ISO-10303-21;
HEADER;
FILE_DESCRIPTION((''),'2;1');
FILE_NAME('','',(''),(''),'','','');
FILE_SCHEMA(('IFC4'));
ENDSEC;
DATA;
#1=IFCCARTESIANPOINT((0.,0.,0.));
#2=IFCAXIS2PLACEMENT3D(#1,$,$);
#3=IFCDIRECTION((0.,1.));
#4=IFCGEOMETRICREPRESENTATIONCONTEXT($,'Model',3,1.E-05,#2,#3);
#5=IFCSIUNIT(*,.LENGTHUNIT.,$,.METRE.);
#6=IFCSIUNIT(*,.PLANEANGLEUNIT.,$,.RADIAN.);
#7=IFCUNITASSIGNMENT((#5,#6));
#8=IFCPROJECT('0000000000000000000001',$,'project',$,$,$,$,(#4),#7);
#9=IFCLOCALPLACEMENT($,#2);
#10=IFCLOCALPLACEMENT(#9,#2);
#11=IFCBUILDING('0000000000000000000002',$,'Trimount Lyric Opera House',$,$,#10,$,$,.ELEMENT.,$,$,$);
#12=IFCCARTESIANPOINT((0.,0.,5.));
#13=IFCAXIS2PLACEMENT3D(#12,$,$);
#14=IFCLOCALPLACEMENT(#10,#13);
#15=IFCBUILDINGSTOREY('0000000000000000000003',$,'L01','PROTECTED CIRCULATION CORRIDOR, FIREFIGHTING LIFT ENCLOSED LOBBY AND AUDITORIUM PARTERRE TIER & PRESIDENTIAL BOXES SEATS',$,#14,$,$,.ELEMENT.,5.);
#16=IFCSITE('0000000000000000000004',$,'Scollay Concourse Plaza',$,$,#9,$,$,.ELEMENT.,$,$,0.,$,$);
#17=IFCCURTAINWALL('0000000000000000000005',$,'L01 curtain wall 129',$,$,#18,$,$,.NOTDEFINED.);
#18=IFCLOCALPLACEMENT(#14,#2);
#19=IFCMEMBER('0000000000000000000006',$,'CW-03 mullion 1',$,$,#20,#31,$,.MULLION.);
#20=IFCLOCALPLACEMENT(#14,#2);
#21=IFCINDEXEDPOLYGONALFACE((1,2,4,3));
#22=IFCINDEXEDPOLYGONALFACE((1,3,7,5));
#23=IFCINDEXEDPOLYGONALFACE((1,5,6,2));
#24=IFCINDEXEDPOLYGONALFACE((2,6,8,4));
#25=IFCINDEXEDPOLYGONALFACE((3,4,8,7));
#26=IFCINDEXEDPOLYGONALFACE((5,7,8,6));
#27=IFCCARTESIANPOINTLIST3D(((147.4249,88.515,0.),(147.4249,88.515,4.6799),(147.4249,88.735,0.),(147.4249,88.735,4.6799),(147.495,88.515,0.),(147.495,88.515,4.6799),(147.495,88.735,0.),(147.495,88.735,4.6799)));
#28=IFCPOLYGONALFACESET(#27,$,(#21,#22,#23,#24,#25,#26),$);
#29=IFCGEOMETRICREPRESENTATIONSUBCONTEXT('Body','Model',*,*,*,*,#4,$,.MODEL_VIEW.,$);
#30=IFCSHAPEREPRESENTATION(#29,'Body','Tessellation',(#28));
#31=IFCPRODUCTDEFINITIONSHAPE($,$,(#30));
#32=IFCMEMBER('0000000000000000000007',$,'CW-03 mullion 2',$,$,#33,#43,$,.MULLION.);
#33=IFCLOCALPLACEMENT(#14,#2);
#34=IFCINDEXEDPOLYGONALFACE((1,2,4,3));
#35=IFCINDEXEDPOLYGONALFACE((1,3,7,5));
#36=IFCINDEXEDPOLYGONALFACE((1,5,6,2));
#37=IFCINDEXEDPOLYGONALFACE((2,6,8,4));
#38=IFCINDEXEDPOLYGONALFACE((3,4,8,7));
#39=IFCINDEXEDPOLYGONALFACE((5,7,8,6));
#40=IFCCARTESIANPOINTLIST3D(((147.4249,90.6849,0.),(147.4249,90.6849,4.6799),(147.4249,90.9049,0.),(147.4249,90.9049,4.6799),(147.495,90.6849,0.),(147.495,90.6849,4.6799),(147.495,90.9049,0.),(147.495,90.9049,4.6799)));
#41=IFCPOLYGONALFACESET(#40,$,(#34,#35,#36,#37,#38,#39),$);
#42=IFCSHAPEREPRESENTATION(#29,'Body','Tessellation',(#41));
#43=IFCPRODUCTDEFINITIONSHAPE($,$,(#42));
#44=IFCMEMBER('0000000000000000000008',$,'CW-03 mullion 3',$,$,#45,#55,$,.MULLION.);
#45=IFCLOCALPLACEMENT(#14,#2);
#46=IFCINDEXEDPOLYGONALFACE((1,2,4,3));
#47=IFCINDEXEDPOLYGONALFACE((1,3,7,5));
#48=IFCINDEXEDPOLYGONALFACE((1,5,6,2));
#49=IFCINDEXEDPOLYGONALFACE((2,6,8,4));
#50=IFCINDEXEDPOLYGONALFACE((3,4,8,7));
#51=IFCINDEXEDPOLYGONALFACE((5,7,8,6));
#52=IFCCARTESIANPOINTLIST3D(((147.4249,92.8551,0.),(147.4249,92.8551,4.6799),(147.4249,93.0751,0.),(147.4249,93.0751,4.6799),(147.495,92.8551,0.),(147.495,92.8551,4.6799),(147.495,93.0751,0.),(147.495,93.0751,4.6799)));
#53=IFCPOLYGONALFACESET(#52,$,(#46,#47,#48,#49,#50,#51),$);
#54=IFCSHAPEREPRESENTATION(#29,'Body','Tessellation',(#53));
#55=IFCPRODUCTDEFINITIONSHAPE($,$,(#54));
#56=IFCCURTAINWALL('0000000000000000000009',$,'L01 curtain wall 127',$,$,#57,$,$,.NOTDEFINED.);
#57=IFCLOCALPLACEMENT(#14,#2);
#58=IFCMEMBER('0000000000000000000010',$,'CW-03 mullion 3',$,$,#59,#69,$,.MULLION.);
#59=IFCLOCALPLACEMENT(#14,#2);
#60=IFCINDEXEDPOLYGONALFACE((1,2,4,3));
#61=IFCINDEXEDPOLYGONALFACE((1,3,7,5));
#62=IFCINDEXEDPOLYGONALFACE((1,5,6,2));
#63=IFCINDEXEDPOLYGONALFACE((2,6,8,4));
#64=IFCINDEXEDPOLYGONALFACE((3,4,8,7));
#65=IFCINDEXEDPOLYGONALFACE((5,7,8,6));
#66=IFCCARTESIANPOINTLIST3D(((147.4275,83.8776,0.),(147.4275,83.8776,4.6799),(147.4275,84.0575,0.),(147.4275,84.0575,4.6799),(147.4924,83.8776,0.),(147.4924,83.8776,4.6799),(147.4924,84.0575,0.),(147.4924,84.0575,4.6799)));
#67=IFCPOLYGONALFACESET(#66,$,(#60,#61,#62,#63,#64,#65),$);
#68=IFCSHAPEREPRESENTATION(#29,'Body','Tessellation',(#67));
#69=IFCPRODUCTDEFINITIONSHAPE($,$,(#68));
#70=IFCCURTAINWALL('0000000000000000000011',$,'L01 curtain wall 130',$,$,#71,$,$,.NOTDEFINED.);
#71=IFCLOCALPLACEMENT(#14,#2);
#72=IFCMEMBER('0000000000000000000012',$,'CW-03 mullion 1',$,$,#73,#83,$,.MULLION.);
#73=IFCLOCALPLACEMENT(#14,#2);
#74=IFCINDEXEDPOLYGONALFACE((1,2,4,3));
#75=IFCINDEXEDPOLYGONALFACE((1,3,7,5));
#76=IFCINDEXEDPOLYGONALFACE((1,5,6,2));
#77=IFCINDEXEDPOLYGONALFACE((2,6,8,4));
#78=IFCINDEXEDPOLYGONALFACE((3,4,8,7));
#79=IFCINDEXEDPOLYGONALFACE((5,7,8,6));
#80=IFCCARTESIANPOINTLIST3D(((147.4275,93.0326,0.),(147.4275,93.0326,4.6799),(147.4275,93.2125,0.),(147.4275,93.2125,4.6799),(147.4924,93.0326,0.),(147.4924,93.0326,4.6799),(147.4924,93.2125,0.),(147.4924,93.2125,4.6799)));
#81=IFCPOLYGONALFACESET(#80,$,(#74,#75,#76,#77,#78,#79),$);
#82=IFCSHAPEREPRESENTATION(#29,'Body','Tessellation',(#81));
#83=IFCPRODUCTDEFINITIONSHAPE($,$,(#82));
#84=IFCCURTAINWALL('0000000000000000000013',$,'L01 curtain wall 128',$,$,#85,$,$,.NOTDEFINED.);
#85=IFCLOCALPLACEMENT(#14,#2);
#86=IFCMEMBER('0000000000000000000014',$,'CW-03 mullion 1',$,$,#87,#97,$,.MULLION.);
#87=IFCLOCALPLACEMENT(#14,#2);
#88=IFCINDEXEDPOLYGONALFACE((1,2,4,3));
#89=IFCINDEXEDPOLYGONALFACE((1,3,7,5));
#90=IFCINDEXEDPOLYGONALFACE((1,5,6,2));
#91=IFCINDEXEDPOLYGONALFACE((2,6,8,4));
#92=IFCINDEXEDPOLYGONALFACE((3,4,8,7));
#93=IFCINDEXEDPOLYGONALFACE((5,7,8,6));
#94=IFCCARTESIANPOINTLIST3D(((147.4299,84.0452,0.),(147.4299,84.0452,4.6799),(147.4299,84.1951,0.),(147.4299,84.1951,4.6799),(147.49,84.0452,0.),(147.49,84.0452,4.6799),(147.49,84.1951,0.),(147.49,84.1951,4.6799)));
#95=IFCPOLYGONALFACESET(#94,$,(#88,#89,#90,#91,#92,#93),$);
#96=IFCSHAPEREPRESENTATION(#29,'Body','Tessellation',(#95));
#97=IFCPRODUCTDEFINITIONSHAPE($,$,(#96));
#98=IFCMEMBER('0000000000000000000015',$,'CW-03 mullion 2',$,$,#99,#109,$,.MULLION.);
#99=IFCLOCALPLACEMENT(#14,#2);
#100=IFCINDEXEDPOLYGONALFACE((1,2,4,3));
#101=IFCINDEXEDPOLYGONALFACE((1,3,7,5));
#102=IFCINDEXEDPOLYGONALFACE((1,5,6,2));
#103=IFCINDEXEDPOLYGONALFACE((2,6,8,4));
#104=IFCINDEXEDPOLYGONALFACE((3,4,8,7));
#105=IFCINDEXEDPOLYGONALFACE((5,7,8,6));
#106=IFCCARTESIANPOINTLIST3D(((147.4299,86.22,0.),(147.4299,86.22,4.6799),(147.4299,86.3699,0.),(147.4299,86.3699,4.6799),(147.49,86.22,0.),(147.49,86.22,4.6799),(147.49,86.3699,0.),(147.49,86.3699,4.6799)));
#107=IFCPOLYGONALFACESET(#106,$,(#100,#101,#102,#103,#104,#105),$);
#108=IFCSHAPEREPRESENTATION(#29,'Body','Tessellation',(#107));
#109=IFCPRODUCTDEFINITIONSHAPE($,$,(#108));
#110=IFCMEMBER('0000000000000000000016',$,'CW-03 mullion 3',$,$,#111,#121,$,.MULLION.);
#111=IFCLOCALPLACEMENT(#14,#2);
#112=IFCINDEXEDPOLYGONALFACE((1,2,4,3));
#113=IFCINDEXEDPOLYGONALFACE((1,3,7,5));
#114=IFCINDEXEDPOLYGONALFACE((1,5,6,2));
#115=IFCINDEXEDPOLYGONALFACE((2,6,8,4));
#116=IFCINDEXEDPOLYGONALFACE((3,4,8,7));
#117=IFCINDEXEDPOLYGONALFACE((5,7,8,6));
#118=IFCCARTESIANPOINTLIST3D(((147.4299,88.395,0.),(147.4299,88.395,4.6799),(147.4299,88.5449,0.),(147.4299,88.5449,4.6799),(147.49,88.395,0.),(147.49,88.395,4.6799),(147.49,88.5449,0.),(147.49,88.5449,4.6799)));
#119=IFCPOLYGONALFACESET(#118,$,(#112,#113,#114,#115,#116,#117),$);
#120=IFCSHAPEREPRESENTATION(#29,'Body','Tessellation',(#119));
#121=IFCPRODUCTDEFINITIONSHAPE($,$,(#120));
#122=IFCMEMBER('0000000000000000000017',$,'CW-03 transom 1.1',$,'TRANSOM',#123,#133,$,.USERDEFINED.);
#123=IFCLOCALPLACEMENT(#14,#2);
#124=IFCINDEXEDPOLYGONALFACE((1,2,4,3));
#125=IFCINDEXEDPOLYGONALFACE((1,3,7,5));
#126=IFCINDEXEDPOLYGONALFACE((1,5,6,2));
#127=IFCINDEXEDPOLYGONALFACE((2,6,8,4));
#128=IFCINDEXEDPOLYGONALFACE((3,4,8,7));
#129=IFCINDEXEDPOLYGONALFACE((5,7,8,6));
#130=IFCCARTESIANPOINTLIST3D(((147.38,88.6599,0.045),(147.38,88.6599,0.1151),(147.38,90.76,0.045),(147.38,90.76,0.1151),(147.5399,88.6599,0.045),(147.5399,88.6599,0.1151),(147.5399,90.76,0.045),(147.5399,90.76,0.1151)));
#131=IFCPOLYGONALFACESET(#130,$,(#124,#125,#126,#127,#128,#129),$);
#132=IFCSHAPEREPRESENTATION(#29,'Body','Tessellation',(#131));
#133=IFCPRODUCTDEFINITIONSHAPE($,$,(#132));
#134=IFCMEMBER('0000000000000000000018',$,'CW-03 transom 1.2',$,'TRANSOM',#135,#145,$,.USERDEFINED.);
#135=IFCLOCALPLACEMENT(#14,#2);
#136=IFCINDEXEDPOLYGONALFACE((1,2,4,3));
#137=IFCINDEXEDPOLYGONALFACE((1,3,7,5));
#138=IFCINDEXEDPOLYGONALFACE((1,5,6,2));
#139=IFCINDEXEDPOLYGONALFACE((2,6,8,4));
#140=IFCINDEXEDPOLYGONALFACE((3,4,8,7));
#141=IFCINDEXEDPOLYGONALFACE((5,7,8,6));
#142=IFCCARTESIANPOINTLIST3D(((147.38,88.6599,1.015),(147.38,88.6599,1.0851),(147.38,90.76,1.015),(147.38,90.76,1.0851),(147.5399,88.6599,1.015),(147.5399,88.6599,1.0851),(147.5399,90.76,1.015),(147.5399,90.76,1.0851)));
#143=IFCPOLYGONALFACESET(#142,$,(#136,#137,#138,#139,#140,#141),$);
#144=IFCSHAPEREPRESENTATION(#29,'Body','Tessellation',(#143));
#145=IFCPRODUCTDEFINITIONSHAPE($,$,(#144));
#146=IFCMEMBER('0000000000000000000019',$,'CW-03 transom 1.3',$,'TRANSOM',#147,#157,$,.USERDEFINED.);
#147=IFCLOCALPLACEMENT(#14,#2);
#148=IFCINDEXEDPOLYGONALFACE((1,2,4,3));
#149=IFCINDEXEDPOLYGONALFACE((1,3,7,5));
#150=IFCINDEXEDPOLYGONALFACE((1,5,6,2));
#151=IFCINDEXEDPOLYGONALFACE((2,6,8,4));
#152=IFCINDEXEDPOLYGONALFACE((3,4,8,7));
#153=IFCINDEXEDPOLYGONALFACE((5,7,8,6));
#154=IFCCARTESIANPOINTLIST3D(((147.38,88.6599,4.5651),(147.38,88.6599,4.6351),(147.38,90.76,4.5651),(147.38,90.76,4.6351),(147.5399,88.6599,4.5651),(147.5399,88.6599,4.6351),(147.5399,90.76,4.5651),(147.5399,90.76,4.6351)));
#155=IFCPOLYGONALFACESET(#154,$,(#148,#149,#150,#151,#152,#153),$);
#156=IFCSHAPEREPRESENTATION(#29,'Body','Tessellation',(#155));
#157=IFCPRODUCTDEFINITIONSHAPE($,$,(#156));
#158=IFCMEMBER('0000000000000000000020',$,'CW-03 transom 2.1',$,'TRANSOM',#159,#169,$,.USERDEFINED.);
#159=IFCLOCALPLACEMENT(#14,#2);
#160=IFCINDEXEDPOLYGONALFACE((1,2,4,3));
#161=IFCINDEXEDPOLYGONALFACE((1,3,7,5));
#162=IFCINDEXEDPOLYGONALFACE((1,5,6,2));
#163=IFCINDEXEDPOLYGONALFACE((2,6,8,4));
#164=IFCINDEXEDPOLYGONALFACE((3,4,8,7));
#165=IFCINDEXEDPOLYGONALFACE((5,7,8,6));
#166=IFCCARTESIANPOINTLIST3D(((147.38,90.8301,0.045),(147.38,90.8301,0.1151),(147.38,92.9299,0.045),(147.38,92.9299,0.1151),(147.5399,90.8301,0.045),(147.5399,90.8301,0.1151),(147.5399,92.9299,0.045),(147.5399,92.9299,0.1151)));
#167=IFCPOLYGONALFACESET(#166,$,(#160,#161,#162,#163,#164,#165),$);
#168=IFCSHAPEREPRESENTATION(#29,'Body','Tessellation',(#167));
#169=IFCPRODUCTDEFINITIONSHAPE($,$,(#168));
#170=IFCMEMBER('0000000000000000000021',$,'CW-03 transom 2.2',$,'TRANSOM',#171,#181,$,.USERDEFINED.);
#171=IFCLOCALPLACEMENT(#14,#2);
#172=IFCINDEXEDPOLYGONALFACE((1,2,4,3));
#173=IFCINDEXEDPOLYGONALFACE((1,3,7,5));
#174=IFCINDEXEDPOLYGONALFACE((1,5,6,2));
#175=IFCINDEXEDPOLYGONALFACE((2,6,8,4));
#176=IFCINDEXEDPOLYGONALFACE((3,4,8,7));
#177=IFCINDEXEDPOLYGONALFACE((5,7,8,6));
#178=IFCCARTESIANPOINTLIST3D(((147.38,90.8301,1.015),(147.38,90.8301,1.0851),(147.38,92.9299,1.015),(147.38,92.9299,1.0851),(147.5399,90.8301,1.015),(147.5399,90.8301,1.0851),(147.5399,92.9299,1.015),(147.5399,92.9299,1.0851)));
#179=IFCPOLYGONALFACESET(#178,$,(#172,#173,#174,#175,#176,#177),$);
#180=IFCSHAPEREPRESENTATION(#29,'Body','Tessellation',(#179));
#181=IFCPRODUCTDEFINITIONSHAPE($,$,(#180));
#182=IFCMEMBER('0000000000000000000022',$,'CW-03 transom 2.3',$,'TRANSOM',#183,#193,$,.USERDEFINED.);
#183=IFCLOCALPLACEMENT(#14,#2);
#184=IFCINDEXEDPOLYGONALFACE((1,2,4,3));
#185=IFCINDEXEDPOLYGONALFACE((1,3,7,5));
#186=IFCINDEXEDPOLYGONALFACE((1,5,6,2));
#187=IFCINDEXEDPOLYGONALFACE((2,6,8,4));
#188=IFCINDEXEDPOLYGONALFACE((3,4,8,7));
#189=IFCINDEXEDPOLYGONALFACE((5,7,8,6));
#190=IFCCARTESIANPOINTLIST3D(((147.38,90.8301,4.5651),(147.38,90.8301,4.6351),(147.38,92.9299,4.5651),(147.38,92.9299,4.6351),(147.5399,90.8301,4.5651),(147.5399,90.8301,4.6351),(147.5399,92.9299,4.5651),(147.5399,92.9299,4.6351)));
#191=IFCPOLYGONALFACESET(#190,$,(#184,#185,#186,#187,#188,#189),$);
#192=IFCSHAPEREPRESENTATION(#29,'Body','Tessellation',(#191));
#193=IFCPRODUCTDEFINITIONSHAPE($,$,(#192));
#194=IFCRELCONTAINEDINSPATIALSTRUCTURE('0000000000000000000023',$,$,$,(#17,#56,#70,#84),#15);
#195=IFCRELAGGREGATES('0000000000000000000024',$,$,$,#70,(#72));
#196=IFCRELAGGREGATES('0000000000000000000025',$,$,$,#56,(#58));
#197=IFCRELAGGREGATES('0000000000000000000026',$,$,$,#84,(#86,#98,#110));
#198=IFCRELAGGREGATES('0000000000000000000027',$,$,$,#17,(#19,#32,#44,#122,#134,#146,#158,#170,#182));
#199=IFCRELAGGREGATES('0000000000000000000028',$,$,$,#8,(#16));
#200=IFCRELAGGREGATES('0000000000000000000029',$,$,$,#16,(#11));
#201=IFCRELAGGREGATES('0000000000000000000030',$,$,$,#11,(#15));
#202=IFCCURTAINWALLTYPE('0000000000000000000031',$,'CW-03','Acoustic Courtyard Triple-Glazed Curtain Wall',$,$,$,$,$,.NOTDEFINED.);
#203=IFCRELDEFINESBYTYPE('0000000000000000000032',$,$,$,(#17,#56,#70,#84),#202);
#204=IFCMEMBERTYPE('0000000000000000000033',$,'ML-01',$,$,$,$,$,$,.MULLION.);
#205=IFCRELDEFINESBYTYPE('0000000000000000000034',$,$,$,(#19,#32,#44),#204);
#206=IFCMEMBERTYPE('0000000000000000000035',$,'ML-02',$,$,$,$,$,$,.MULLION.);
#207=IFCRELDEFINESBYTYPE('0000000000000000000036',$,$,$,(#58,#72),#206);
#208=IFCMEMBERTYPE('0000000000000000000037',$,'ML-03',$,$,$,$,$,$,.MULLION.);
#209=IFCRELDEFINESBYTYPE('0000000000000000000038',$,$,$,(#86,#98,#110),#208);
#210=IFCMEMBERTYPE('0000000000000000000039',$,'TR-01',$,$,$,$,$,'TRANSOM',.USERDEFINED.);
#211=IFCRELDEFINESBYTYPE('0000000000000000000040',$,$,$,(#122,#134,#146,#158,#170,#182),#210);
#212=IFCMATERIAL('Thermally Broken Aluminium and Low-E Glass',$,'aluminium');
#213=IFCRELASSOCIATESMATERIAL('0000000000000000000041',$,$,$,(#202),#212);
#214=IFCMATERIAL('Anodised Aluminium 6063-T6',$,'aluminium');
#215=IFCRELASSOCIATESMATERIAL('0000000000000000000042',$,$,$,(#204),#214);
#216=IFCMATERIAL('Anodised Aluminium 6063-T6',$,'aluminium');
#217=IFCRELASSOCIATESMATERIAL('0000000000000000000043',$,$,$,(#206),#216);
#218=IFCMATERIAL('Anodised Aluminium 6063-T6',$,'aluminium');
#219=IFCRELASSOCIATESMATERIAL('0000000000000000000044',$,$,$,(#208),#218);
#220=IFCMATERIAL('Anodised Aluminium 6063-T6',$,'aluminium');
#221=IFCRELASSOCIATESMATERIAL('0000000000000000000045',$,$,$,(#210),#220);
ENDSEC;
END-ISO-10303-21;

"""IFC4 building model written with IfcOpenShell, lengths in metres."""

from ifc_helpers import new_model, si_unit, direction, frame, origin, origin_2d, place, context, subcontext, project, spatial, rectangle, extrude, material, material_profile, profile_set, type_object, element, aggregate, save


model = new_model("IFC4")

# Units and contexts
model_context = context("Model", 3, precision=1e-05, world=origin(), true_north=direction((0.0, 1.0)))
body_context = subcontext(model_context, "Body", "Model", "MODEL_VIEW")
ifc_project = project(units=[si_unit("LENGTHUNIT", "METRE"), si_unit("PLANEANGLEUNIT", "RADIAN")], contexts=[model_context])

# Site, building, storey
site_placement = place(None, origin())
site = spatial("IfcSite", under=ifc_project, at=site_placement, Name="Scollay Concourse Plaza", CompositionType="ELEMENT", RefElevation=0.0)
building_placement = place(site_placement, origin())
building = spatial("IfcBuilding", under=site, at=building_placement, Name="Trimount Lyric Opera House", CompositionType="ELEMENT")
storey_placement = place(building_placement, frame((0.0, 0.0, 5.0)))
storey = spatial("IfcBuildingStorey", under=building, at=storey_placement, Name="L01", Description="PROTECTED CIRCULATION CORRIDOR, FIREFIGHTING LIFT ENCLOSED LOBBY AND AUDITORIUM PARTERRE TIER & PRESIDENTIAL BOXES SEATS", CompositionType="ELEMENT", Elevation=5.0)

# Curtain wall, members
ifc_material_1 = material(Name="Thermally Broken Aluminium and Low-E Glass", Category="aluminium")
curtain_wall_type = type_object("IfcCurtainWallType", Name="CW-03", Description="Acoustic Courtyard Triple-Glazed Curtain Wall", PredefinedType="NOTDEFINED", material=ifc_material_1)
curtain_wall_1_placement = place(storey_placement, origin())
curtain_wall_1 = element("IfcCurtainWall", 1, at=curtain_wall_1_placement, inside=storey, type_object=curtain_wall_type, Name="L01 curtain wall 129", PredefinedType="NOTDEFINED")
ifc_material_2 = material(Name="Anodised Aluminium 6063-T6", Category="aluminium")
ifc_material_profile_1 = material_profile(ifc_material_2, rectangle(XDim=0.0701, YDim=0.22, at=origin_2d()), Name="ALU-MULL-70X220")
ifc_profile_set_1 = profile_set([ifc_material_profile_1], Name="Anodised Aluminium 6063-T6")
member_type_1 = type_object("IfcMemberType", Name="ML-01", PredefinedType="MULLION", material=ifc_profile_set_1)
member_1_placement = place(storey_placement, frame((147.46, 88.625, 0.0), z_axis=(0.0, 0.0, 1.0), x_axis=(-1.0, 0.0, 0.0)))
member_1 = element("IfcMember", 2, at=member_1_placement, type_object=member_type_1, Name="CW-03 mullion 1", PredefinedType="MULLION", context=body_context, shape_type="SweptSolid", body=[
    extrude(rectangle(XDim=0.0701, YDim=0.22, at=origin_2d()), origin(), (0.0, 0.0, 1.0), 4.6799),
])
member_2_placement = place(storey_placement, frame((147.46, 90.7949, 0.0), z_axis=(0.0, 0.0, 1.0), x_axis=(-1.0, 0.0, 0.0)))
member_2 = element("IfcMember", 3, at=member_2_placement, type_object=member_type_1, Name="CW-03 mullion 2", PredefinedType="MULLION", context=body_context, shape_type="SweptSolid", body=[
    extrude(rectangle(XDim=0.0701, YDim=0.22, at=origin_2d()), origin(), (0.0, 0.0, 1.0), 4.6799),
])
member_3_placement = place(storey_placement, frame((147.46, 92.9651, 0.0), z_axis=(0.0, 0.0, 1.0), x_axis=(-1.0, 0.0, 0.0)))
member_3 = element("IfcMember", 4, at=member_3_placement, type_object=member_type_1, Name="CW-03 mullion 3", PredefinedType="MULLION", context=body_context, shape_type="SweptSolid", body=[
    extrude(rectangle(XDim=0.0701, YDim=0.22, at=origin_2d()), origin(), (0.0, 0.0, 1.0), 4.6799),
])

# Curtain walls, members
curtain_wall_2_placement = place(storey_placement, origin())
curtain_wall_2 = element("IfcCurtainWall", 5, at=curtain_wall_2_placement, inside=storey, type_object=curtain_wall_type, Name="L01 curtain wall 127", PredefinedType="NOTDEFINED")
ifc_material_3 = material(Name="Anodised Aluminium 6063-T6", Category="aluminium")
ifc_material_profile_2 = material_profile(ifc_material_3, rectangle(XDim=0.0649, YDim=0.1799, at=origin_2d()), Name="ALU-MULL-65X180")
ifc_profile_set_2 = profile_set([ifc_material_profile_2], Name="Anodised Aluminium 6063-T6")
member_type_2 = type_object("IfcMemberType", Name="ML-02", PredefinedType="MULLION", material=ifc_profile_set_2)
member_4_placement = place(storey_placement, frame((147.46, 83.9675, 0.0), z_axis=(0.0, 0.0, 1.0), x_axis=(-1.0, 0.0, 0.0)))
member_4 = element("IfcMember", 6, at=member_4_placement, type_object=member_type_2, Name="CW-03 mullion 3", PredefinedType="MULLION", context=body_context, shape_type="SweptSolid", body=[
    extrude(rectangle(XDim=0.0649, YDim=0.1799, at=origin_2d()), origin(), (0.0, 0.0, 1.0), 4.6799),
])
curtain_wall_3_placement = place(storey_placement, origin())
curtain_wall_3 = element("IfcCurtainWall", 7, at=curtain_wall_3_placement, inside=storey, type_object=curtain_wall_type, Name="L01 curtain wall 130", PredefinedType="NOTDEFINED")
member_5_placement = place(storey_placement, frame((147.46, 93.1226, 0.0), z_axis=(0.0, 0.0, 1.0), x_axis=(-1.0, 0.0, 0.0)))
member_5 = element("IfcMember", 8, at=member_5_placement, type_object=member_type_2, Name="CW-03 mullion 1", PredefinedType="MULLION", context=body_context, shape_type="SweptSolid", body=[
    extrude(rectangle(XDim=0.0649, YDim=0.1799, at=origin_2d()), origin(), (0.0, 0.0, 1.0), 4.6799),
])
aggregate(curtain_wall_3, [member_5])

# Curtain wall, members
curtain_wall_4_placement = place(storey_placement, origin())
curtain_wall_4 = element("IfcCurtainWall", 9, at=curtain_wall_4_placement, inside=storey, type_object=curtain_wall_type, Name="L01 curtain wall 128", PredefinedType="NOTDEFINED")
ifc_material_4 = material(Name="Anodised Aluminium 6063-T6", Category="aluminium")
ifc_material_profile_3 = material_profile(ifc_material_4, rectangle(XDim=0.0601, YDim=0.1499, at=origin_2d()), Name="ALU-MULL-60X150")
ifc_profile_set_3 = profile_set([ifc_material_profile_3], Name="Anodised Aluminium 6063-T6")
member_type_3 = type_object("IfcMemberType", Name="ML-03", PredefinedType="MULLION", material=ifc_profile_set_3)
member_6_placement = place(storey_placement, frame((147.46, 84.1201, 0.0), z_axis=(0.0, 0.0, 1.0), x_axis=(-1.0, 0.0, 0.0)))
member_6 = element("IfcMember", 10, at=member_6_placement, type_object=member_type_3, Name="CW-03 mullion 1", PredefinedType="MULLION", context=body_context, shape_type="SweptSolid", body=[
    extrude(rectangle(XDim=0.0601, YDim=0.1499, at=origin_2d()), origin(), (0.0, 0.0, 1.0), 4.6799),
])
member_7_placement = place(storey_placement, frame((147.46, 86.2949, 0.0), z_axis=(0.0, 0.0, 1.0), x_axis=(-1.0, 0.0, 0.0)))
member_7 = element("IfcMember", 11, at=member_7_placement, type_object=member_type_3, Name="CW-03 mullion 2", PredefinedType="MULLION", context=body_context, shape_type="SweptSolid", body=[
    extrude(rectangle(XDim=0.0601, YDim=0.1499, at=origin_2d()), origin(), (0.0, 0.0, 1.0), 4.6799),
])
member_8_placement = place(storey_placement, frame((147.46, 88.47, 0.0), z_axis=(0.0, 0.0, 1.0), x_axis=(-1.0, 0.0, 0.0)))
member_8 = element("IfcMember", 12, at=member_8_placement, type_object=member_type_3, Name="CW-03 mullion 3", PredefinedType="MULLION", context=body_context, shape_type="SweptSolid", body=[
    extrude(rectangle(XDim=0.0601, YDim=0.1499, at=origin_2d()), origin(), (0.0, 0.0, 1.0), 4.6799),
])

# Members
ifc_material_5 = material(Name="Anodised Aluminium 6063-T6", Category="aluminium")
ifc_material_profile_4 = material_profile(ifc_material_5, rectangle(XDim=0.1599, YDim=0.0701, at=origin_2d()), Name="ALU-TRAN-70X160")
ifc_profile_set_4 = profile_set([ifc_material_profile_4], Name="Anodised Aluminium 6063-T6")
member_type_4 = type_object("IfcMemberType", Name="TR-01", ElementType="TRANSOM", PredefinedType="USERDEFINED", material=ifc_profile_set_4)
member_9_placement = place(storey_placement, frame((147.46, 88.6599, 0.0801), z_axis=(0.0, 1.0, 0.0), x_axis=(-1.0, 0.0, 0.0)))
member_9 = element("IfcMember", 13, at=member_9_placement, type_object=member_type_4, Name="CW-03 transom 1.1", ObjectType="TRANSOM", PredefinedType="USERDEFINED", context=body_context, shape_type="SweptSolid", body=[
    extrude(rectangle(XDim=0.1599, YDim=0.0701, at=origin_2d()), origin(), (0.0, 0.0, 1.0), 2.1001),
])
member_10_placement = place(storey_placement, frame((147.46, 88.6599, 1.05), z_axis=(0.0, 1.0, 0.0), x_axis=(-1.0, 0.0, 0.0)))
member_10 = element("IfcMember", 14, at=member_10_placement, type_object=member_type_4, Name="CW-03 transom 1.2", ObjectType="TRANSOM", PredefinedType="USERDEFINED", context=body_context, shape_type="SweptSolid", body=[
    extrude(rectangle(XDim=0.1599, YDim=0.0701, at=origin_2d()), origin(), (0.0, 0.0, 1.0), 2.1001),
])
member_11_placement = place(storey_placement, frame((147.46, 88.6599, 4.6001), z_axis=(0.0, 1.0, 0.0), x_axis=(-1.0, 0.0, 0.0)))
member_11 = element("IfcMember", 15, at=member_11_placement, type_object=member_type_4, Name="CW-03 transom 1.3", ObjectType="TRANSOM", PredefinedType="USERDEFINED", context=body_context, shape_type="SweptSolid", body=[
    extrude(rectangle(XDim=0.1599, YDim=0.0701, at=origin_2d()), origin(), (0.0, 0.0, 1.0), 2.1001),
])
member_12_placement = place(storey_placement, frame((147.46, 90.8301, 0.0801), z_axis=(0.0, 1.0, 0.0), x_axis=(-1.0, 0.0, 0.0)))
member_12 = element("IfcMember", 16, at=member_12_placement, type_object=member_type_4, Name="CW-03 transom 2.1", ObjectType="TRANSOM", PredefinedType="USERDEFINED", context=body_context, shape_type="SweptSolid", body=[
    extrude(rectangle(XDim=0.1599, YDim=0.0701, at=origin_2d()), origin(), (0.0, 0.0, 1.0), 2.0999),
])
member_13_placement = place(storey_placement, frame((147.46, 90.8301, 1.05), z_axis=(0.0, 1.0, 0.0), x_axis=(-1.0, 0.0, 0.0)))
member_13 = element("IfcMember", 17, at=member_13_placement, type_object=member_type_4, Name="CW-03 transom 2.2", ObjectType="TRANSOM", PredefinedType="USERDEFINED", context=body_context, shape_type="SweptSolid", body=[
    extrude(rectangle(XDim=0.1599, YDim=0.0701, at=origin_2d()), origin(), (0.0, 0.0, 1.0), 2.0999),
])
member_14_placement = place(storey_placement, frame((147.46, 90.8301, 4.6001), z_axis=(0.0, 1.0, 0.0), x_axis=(-1.0, 0.0, 0.0)))
member_14 = element("IfcMember", 18, at=member_14_placement, type_object=member_type_4, Name="CW-03 transom 2.3", ObjectType="TRANSOM", PredefinedType="USERDEFINED", context=body_context, shape_type="SweptSolid", body=[
    extrude(rectangle(XDim=0.1599, YDim=0.0701, at=origin_2d()), origin(), (0.0, 0.0, 1.0), 2.0999),
])

aggregate(curtain_wall_2, [member_4])
aggregate(curtain_wall_4, [member_6, member_7, member_8])
aggregate(curtain_wall_1, [member_1, member_2, member_3, member_9, member_10, member_11, member_12, member_13, member_14])

save(model, "model.ifc")
